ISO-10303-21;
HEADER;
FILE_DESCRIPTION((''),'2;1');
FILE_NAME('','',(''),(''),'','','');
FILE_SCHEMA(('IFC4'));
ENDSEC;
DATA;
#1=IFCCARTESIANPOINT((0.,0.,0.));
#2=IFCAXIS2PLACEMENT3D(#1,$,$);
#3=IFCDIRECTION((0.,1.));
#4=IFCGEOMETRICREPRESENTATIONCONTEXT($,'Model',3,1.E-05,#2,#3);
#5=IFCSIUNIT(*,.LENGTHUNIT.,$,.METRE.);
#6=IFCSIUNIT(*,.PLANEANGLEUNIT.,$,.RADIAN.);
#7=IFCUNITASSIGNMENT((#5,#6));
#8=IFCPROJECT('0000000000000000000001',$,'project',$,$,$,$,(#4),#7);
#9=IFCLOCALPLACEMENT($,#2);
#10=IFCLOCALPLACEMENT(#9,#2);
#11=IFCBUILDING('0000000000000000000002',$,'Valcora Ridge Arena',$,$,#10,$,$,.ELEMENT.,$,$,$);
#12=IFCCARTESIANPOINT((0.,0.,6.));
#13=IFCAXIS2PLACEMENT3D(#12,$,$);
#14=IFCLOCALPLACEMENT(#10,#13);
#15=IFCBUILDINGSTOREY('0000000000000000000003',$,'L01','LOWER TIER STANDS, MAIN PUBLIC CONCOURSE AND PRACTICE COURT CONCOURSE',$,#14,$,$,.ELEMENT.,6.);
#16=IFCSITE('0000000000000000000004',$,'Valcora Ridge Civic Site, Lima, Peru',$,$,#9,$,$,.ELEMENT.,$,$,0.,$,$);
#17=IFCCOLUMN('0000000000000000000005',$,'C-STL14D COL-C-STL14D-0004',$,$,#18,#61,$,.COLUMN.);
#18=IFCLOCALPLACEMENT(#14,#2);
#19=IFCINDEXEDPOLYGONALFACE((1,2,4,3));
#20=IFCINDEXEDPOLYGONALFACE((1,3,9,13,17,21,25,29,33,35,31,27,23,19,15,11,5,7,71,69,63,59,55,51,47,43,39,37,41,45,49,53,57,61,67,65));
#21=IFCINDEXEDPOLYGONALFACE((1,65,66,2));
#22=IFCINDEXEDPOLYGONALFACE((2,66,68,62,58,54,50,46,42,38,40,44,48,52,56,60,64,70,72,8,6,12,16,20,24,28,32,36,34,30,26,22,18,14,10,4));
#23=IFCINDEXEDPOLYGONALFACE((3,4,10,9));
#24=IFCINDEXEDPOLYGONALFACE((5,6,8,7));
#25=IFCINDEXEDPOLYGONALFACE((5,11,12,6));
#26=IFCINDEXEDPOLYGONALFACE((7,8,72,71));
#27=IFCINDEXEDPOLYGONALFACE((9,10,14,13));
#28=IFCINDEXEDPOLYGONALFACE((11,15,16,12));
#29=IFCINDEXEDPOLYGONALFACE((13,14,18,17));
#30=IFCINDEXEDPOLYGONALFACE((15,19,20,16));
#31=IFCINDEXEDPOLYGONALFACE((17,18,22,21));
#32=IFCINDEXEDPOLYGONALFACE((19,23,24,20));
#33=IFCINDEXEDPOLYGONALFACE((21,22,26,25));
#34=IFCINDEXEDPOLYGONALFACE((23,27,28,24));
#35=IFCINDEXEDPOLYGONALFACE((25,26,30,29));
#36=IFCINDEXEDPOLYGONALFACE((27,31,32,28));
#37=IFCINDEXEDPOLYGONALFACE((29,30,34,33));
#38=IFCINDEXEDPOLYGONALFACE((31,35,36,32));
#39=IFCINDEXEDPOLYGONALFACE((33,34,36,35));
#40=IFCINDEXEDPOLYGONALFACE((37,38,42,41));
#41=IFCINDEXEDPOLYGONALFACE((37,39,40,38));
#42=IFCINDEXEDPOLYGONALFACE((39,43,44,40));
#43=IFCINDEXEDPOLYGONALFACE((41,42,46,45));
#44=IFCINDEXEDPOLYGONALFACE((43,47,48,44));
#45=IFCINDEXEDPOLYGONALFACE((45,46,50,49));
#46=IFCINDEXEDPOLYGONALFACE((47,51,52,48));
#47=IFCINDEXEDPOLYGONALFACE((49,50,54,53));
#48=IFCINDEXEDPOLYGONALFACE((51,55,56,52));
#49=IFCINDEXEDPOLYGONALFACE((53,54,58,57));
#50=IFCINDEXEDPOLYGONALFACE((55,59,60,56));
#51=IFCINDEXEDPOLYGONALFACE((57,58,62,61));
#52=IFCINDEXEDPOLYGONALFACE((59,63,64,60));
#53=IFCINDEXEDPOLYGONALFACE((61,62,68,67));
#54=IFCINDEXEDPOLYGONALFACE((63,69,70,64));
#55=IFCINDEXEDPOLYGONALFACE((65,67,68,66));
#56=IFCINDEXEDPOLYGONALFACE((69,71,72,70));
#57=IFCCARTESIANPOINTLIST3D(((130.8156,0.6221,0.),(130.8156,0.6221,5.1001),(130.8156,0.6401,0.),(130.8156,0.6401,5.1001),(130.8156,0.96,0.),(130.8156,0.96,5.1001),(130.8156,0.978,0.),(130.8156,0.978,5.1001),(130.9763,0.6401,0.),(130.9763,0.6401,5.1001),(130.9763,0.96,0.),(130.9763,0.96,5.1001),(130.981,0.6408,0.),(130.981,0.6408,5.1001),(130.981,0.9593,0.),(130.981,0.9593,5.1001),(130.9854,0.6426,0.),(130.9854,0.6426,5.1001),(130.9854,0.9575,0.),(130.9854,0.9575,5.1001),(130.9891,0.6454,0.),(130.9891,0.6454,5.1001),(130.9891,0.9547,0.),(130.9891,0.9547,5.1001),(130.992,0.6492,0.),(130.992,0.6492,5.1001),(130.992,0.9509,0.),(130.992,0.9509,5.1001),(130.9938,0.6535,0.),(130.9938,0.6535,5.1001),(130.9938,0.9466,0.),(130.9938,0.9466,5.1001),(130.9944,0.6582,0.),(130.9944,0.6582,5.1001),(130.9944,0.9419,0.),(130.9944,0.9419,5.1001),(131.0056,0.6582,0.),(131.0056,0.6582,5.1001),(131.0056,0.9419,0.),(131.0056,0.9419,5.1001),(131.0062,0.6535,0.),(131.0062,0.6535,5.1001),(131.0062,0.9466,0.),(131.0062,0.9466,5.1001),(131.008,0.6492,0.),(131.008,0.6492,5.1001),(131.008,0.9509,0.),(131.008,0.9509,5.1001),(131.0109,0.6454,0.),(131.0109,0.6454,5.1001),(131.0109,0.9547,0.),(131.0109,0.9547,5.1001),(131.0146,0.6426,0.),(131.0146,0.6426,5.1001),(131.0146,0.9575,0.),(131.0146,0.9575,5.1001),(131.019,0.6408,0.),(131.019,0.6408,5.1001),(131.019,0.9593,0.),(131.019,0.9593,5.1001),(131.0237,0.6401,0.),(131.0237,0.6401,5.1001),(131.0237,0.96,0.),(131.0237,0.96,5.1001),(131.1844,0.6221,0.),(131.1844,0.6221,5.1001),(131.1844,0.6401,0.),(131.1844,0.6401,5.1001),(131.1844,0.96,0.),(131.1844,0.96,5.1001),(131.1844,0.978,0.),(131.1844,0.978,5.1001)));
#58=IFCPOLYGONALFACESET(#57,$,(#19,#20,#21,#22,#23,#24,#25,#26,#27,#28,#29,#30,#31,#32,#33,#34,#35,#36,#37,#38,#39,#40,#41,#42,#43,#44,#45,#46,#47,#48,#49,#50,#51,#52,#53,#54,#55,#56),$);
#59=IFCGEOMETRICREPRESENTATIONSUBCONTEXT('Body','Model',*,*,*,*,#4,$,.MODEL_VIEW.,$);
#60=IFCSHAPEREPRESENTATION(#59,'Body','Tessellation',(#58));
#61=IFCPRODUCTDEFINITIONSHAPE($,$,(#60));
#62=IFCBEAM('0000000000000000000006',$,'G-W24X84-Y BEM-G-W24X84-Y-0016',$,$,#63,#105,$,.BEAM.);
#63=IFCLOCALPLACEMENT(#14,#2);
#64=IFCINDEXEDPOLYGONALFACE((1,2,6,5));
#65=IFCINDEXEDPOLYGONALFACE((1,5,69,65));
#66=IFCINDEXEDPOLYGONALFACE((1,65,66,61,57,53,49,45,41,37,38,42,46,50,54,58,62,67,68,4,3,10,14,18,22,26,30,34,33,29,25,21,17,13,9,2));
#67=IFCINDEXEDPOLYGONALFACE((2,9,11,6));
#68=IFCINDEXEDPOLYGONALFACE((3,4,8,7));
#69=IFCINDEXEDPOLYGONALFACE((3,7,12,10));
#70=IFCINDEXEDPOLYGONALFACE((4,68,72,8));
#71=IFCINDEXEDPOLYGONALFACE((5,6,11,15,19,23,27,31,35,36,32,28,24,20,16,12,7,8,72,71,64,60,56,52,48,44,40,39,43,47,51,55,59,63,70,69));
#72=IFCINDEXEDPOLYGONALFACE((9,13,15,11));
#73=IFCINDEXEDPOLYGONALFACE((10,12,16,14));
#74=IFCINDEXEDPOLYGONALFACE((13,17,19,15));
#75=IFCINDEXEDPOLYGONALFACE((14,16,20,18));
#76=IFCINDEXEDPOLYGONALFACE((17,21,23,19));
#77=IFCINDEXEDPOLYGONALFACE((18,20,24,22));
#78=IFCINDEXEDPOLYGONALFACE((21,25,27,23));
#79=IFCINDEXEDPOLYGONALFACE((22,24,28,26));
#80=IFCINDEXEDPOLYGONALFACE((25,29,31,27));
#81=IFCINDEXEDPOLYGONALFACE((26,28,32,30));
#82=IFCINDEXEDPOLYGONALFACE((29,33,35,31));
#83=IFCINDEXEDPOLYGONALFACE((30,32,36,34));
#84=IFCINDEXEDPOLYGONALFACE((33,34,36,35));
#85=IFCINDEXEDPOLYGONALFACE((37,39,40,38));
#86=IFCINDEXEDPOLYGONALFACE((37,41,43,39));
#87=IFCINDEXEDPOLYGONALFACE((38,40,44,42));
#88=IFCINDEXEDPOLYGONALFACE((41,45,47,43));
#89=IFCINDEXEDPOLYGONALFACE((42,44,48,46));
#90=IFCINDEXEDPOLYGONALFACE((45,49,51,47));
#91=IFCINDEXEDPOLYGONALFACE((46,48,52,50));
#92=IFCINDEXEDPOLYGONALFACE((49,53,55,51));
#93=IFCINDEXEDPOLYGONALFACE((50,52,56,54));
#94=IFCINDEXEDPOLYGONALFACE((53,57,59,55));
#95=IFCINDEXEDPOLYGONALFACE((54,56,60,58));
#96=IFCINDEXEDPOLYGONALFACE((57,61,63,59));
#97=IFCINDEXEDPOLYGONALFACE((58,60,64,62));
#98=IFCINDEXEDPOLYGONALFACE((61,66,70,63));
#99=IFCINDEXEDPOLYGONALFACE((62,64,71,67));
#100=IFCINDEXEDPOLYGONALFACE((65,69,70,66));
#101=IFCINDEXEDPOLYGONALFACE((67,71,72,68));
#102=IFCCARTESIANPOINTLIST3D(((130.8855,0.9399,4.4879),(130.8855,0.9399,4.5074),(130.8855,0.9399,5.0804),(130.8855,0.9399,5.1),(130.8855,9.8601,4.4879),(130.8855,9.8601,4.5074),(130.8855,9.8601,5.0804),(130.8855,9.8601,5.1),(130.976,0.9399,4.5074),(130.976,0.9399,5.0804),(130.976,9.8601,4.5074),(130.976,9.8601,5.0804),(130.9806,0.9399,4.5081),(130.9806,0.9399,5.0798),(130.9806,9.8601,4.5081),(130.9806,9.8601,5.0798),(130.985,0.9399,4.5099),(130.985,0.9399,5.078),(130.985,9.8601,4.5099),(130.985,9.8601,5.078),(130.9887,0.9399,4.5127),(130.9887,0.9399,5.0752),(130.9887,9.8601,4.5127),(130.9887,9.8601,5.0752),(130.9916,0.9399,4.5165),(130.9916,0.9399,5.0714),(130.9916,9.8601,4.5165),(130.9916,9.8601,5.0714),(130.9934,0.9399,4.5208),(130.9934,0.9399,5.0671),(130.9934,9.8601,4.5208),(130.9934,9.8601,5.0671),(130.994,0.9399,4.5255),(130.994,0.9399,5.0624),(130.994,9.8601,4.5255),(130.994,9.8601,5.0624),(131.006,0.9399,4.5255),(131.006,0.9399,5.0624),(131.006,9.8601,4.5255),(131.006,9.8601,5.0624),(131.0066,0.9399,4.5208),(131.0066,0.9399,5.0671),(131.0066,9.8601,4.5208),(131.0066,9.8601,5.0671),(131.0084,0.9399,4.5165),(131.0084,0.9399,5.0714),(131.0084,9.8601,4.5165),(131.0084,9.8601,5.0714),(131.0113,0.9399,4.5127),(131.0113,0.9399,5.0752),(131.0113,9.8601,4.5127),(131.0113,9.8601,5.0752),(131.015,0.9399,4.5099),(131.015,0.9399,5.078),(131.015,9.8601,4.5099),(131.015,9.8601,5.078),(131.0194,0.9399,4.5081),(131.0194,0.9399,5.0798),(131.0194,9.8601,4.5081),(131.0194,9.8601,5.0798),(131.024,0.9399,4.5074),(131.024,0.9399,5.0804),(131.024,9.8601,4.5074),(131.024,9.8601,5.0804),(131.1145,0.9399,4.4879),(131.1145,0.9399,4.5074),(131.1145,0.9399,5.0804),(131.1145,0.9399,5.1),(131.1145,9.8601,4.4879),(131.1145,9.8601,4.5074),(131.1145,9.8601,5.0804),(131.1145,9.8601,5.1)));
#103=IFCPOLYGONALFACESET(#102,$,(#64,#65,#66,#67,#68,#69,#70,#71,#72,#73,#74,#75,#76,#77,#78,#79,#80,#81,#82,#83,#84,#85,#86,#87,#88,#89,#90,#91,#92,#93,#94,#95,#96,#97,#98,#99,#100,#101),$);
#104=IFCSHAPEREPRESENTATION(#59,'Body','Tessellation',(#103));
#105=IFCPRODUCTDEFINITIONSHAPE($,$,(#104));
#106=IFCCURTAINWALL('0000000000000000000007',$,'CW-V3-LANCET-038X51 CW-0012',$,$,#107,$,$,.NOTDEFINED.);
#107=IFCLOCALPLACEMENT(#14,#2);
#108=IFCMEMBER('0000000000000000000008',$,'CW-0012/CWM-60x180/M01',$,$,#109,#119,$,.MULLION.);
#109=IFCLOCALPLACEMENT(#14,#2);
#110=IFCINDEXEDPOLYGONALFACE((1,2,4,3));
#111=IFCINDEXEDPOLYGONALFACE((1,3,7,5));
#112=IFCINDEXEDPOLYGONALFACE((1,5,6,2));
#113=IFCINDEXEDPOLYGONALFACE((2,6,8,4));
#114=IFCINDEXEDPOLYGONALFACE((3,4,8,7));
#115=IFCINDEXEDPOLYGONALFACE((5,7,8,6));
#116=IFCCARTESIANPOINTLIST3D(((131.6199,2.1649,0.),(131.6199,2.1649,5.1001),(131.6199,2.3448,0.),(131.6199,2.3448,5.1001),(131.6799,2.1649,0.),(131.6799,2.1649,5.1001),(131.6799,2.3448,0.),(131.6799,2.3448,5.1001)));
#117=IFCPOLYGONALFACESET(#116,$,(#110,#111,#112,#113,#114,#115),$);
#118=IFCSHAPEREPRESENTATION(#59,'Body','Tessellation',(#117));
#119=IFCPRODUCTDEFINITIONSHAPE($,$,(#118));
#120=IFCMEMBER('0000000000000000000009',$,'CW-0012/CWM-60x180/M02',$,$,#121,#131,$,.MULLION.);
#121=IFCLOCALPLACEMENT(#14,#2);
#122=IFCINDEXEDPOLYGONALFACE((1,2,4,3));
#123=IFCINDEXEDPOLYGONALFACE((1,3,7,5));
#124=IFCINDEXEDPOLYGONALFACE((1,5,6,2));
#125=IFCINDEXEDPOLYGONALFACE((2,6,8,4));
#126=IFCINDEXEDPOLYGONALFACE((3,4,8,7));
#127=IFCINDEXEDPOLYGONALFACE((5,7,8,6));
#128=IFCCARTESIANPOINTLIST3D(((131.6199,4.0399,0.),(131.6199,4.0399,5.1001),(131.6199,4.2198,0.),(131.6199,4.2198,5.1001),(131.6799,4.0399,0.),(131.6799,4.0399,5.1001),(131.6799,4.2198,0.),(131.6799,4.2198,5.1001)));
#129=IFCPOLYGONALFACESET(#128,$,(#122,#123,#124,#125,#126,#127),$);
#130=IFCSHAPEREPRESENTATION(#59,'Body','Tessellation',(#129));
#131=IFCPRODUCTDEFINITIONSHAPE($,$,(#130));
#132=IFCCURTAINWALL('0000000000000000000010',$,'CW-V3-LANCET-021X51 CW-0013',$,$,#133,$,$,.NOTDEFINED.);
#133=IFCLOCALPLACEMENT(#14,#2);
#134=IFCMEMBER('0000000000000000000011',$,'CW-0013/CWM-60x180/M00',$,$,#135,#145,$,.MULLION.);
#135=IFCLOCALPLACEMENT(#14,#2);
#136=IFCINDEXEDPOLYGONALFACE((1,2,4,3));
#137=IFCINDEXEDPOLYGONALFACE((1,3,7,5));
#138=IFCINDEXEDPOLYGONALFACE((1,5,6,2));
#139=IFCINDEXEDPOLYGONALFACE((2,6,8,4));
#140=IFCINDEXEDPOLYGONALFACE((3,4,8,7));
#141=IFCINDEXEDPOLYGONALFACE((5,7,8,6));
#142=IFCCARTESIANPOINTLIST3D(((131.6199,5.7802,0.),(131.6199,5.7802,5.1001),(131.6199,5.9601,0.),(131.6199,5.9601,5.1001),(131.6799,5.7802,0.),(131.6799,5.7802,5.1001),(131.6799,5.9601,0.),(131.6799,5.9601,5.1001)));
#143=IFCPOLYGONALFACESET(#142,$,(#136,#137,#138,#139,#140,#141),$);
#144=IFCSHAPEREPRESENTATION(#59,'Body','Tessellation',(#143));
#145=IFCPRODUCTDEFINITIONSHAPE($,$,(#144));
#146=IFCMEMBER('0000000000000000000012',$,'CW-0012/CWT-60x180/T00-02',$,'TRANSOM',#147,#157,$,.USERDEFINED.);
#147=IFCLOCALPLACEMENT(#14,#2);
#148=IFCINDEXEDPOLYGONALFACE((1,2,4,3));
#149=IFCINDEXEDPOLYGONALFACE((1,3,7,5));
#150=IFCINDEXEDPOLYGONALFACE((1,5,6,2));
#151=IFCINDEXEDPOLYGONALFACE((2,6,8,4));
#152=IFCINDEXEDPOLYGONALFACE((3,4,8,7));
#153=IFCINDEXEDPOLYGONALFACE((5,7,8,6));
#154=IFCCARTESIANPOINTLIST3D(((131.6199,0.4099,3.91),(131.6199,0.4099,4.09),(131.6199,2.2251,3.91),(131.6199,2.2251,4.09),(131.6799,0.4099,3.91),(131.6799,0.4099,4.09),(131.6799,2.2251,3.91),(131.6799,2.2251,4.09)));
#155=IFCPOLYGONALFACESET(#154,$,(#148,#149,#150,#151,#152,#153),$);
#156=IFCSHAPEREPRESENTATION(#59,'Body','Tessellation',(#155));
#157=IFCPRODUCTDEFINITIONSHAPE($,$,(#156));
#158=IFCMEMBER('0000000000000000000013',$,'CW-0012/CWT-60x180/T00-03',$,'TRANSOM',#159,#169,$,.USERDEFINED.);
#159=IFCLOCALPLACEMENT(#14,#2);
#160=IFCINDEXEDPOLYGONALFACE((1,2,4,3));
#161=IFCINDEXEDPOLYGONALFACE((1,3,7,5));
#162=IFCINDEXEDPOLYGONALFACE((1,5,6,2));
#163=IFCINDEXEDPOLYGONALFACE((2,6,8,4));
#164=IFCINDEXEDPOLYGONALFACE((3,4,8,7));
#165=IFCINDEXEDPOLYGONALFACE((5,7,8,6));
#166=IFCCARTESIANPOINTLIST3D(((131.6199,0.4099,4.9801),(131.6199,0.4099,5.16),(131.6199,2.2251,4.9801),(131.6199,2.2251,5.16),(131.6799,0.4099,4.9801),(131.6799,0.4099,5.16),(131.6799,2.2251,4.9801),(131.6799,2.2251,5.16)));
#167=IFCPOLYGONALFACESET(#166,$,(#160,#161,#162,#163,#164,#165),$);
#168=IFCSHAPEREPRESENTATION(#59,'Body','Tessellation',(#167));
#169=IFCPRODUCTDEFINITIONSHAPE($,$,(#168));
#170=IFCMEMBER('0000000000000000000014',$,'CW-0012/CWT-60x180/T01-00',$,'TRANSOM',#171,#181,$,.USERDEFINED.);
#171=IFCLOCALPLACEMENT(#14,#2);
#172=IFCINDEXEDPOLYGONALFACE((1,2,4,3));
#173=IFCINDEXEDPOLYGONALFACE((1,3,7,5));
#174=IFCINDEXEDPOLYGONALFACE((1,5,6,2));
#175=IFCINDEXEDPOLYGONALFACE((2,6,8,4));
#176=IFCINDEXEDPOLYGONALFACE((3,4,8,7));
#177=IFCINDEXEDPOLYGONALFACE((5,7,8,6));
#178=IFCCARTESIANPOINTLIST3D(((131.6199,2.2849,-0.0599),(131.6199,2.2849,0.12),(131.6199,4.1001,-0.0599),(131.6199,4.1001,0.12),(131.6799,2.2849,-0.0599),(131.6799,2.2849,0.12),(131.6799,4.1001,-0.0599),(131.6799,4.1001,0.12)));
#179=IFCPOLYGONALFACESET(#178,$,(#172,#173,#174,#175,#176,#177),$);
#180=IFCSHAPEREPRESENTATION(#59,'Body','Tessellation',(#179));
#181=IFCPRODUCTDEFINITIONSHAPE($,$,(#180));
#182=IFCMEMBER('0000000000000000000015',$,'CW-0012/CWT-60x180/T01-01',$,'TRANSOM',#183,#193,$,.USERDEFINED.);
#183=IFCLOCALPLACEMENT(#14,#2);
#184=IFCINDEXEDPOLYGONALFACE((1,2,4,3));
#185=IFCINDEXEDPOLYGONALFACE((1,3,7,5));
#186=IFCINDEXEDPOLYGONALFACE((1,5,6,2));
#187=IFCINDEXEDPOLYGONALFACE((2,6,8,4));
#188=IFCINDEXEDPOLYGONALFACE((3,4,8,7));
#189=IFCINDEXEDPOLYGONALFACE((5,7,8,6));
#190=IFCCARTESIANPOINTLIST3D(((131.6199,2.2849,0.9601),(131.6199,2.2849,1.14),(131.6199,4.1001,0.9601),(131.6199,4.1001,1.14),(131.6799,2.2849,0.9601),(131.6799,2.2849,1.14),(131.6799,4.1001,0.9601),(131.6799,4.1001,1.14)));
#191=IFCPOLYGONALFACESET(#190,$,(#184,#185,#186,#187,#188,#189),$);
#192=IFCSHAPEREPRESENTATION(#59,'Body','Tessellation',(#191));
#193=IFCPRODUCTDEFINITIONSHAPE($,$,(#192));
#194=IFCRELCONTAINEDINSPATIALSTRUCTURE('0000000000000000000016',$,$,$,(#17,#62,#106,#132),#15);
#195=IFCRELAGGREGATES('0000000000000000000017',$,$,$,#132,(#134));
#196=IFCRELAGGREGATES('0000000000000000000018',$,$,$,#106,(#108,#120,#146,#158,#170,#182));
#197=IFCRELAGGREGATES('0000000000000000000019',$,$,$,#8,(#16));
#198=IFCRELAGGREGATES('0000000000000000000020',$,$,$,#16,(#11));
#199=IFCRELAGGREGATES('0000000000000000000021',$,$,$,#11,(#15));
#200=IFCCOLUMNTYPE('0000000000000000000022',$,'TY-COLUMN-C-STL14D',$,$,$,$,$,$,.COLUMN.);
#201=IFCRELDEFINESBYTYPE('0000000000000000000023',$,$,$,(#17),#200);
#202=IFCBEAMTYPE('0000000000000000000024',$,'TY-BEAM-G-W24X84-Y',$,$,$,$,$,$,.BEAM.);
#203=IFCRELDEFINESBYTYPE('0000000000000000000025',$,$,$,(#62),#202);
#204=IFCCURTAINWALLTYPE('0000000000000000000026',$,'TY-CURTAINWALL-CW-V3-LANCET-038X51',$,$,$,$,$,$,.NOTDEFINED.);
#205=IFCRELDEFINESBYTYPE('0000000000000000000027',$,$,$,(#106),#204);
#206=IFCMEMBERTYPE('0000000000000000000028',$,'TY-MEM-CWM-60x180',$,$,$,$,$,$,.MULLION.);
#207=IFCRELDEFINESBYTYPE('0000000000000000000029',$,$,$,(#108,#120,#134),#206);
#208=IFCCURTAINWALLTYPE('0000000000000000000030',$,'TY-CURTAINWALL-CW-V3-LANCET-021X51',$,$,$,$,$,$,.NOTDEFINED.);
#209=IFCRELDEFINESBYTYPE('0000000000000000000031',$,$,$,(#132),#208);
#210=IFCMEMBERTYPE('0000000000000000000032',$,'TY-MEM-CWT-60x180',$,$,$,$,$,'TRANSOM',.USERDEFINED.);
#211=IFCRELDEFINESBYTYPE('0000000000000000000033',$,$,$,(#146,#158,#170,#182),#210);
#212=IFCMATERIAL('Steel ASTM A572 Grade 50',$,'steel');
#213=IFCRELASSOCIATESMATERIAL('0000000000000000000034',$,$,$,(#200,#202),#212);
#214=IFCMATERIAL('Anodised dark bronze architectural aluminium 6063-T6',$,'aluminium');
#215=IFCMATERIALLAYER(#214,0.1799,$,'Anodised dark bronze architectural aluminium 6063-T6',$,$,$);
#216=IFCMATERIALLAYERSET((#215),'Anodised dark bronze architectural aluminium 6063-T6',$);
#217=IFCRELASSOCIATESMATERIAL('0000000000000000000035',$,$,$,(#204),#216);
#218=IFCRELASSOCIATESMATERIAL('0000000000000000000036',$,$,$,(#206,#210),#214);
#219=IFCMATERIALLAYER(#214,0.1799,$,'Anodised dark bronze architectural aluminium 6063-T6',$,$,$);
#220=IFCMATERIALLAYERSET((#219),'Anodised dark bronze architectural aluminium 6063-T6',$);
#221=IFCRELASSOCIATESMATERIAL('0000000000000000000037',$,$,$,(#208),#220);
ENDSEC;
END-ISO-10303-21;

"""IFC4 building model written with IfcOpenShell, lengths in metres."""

from ifc_helpers import new_model, si_unit, direction, frame, origin, origin_2d, place, context, subcontext, project, spatial, rectangle, i_section, extrude, material, layer, layer_set, material_profile, profile_set, type_object, element, aggregate, save


model = new_model("IFC4")

# Units and contexts
model_context = context("Model", 3, precision=1e-05, world=origin(), true_north=direction((0.0, 1.0)))
body_context = subcontext(model_context, "Body", "Model", "MODEL_VIEW")
ifc_project = project(units=[si_unit("LENGTHUNIT", "METRE"), si_unit("PLANEANGLEUNIT", "RADIAN")], contexts=[model_context])

# Site, building, storey
site_placement = place(None, origin())
site = spatial("IfcSite", under=ifc_project, at=site_placement, Name="Valcora Ridge Civic Site, Lima, Peru", CompositionType="ELEMENT", RefElevation=0.0)
building_placement = place(site_placement, origin())
building = spatial("IfcBuilding", under=site, at=building_placement, Name="Valcora Ridge Arena", CompositionType="ELEMENT")
storey_placement = place(building_placement, frame((0.0, 0.0, 6.0)))
storey = spatial("IfcBuildingStorey", under=building, at=storey_placement, Name="L01", Description="LOWER TIER STANDS, MAIN PUBLIC CONCOURSE AND PRACTICE COURT CONCOURSE", CompositionType="ELEMENT", Elevation=6.0)

# Column
ifc_material_1 = material(Name="Steel ASTM A572 Grade 50", Category="steel")
ifc_material_profile_1 = material_profile(ifc_material_1, i_section(OverallWidth=0.3689, OverallDepth=0.356, WebThickness=0.0112, FlangeThickness=0.0181, FilletRadius=0.0181, at=origin_2d()), Name="W14X90")
ifc_profile_set_1 = profile_set([ifc_material_profile_1], Name="Steel ASTM A572 Grade 50")
column_type = type_object("IfcColumnType", Name="TY-COLUMN-C-STL14D", PredefinedType="COLUMN", material=ifc_profile_set_1)
column_placement = place(storey_placement, frame((131.0, 0.8, 0.0), z_axis=(0.0, 0.0, 1.0), x_axis=(1.0, 0.0, 0.0)))
element("IfcColumn", 1, at=column_placement, inside=storey, type_object=column_type, Name="C-STL14D COL-C-STL14D-0004", PredefinedType="COLUMN", context=body_context, shape_type="SweptSolid", body=[
    extrude(i_section(OverallWidth=0.3689, OverallDepth=0.356, WebThickness=0.0112, FlangeThickness=0.0181, FilletRadius=0.0181, at=origin_2d()), origin(), (0.0, 0.0, 1.0), 5.1001),
])

# Beam
ifc_material_profile_2 = material_profile(ifc_material_1, i_section(OverallWidth=0.229, OverallDepth=0.6121, WebThickness=0.012, FlangeThickness=0.0195, FilletRadius=0.0181, at=origin_2d()), Name="W24X84")
ifc_profile_set_2 = profile_set([ifc_material_profile_2], Name="Steel ASTM A572 Grade 50")
beam_type = type_object("IfcBeamType", Name="TY-BEAM-G-W24X84-Y", PredefinedType="BEAM", material=ifc_profile_set_2)
beam_placement = place(storey_placement, frame((131.0, 0.9399, 4.7939), z_axis=(0.0, 1.0, 0.0), x_axis=(-1.0, 0.0, 0.0)))
element("IfcBeam", 2, at=beam_placement, inside=storey, type_object=beam_type, Name="G-W24X84-Y BEM-G-W24X84-Y-0016", PredefinedType="BEAM", context=body_context, shape_type="SweptSolid", body=[
    extrude(i_section(OverallWidth=0.229, OverallDepth=0.6121, WebThickness=0.012, FlangeThickness=0.0195, FilletRadius=0.0181, at=origin_2d()), origin(), (0.0, 0.0, 1.0), 8.9202),
])

# Curtain wall, members
ifc_material_2 = material(Name="Anodised dark bronze architectural aluminium 6063-T6", Category="aluminium")
ifc_layer_1 = layer(ifc_material_2, 0.1799, Name="Anodised dark bronze architectural aluminium 6063-T6")
ifc_layer_set_1 = layer_set([ifc_layer_1], Name="Anodised dark bronze architectural aluminium 6063-T6")
curtain_wall_type_1 = type_object("IfcCurtainWallType", Name="TY-CURTAINWALL-CW-V3-LANCET-038X51", PredefinedType="NOTDEFINED", material=ifc_layer_set_1)
curtain_wall_1_placement = place(storey_placement, origin())
curtain_wall_1 = element("IfcCurtainWall", 3, at=curtain_wall_1_placement, inside=storey, type_object=curtain_wall_type_1, Name="CW-V3-LANCET-038X51 CW-0012", PredefinedType="NOTDEFINED")
ifc_material_profile_3 = material_profile(ifc_material_2, rectangle(XDim=0.0601, YDim=0.1799, at=origin_2d()), Name="ALU MULLION 60x180")
ifc_profile_set_3 = profile_set([ifc_material_profile_3], Name="Anodised dark bronze architectural aluminium 6063-T6")
member_type_1 = type_object("IfcMemberType", Name="TY-MEM-CWM-60x180", PredefinedType="MULLION", material=ifc_profile_set_3)
member_1_placement = place(storey_placement, frame((131.6499, 2.2549, 0.0), z_axis=(0.0, 0.0, 1.0), x_axis=(-1.0, 0.0, 0.0)))
member_1 = element("IfcMember", 4, at=member_1_placement, type_object=member_type_1, Name="CW-0012/CWM-60x180/M01", PredefinedType="MULLION", context=body_context, shape_type="SweptSolid", body=[
    extrude(rectangle(XDim=0.0601, YDim=0.1799, at=origin_2d()), origin(), (0.0, 0.0, 1.0), 5.1001),
])
member_2_placement = place(storey_placement, frame((131.6499, 4.1299, 0.0), z_axis=(0.0, 0.0, 1.0), x_axis=(-1.0, 0.0, 0.0)))
member_2 = element("IfcMember", 5, at=member_2_placement, type_object=member_type_1, Name="CW-0012/CWM-60x180/M02", PredefinedType="MULLION", context=body_context, shape_type="SweptSolid", body=[
    extrude(rectangle(XDim=0.0601, YDim=0.1799, at=origin_2d()), origin(), (0.0, 0.0, 1.0), 5.1001),
])

# Curtain wall, member
ifc_layer_2 = layer(ifc_material_2, 0.1799, Name="Anodised dark bronze architectural aluminium 6063-T6")
ifc_layer_set_2 = layer_set([ifc_layer_2], Name="Anodised dark bronze architectural aluminium 6063-T6")
curtain_wall_type_2 = type_object("IfcCurtainWallType", Name="TY-CURTAINWALL-CW-V3-LANCET-021X51", PredefinedType="NOTDEFINED", material=ifc_layer_set_2)
curtain_wall_2_placement = place(storey_placement, origin())
curtain_wall_2 = element("IfcCurtainWall", 6, at=curtain_wall_2_placement, inside=storey, type_object=curtain_wall_type_2, Name="CW-V3-LANCET-021X51 CW-0013", PredefinedType="NOTDEFINED")
member_3_placement = place(storey_placement, frame((131.6499, 5.8701, 0.0), z_axis=(0.0, 0.0, 1.0), x_axis=(-1.0, 0.0, 0.0)))
member_3 = element("IfcMember", 7, at=member_3_placement, type_object=member_type_1, Name="CW-0013/CWM-60x180/M00", PredefinedType="MULLION", context=body_context, shape_type="SweptSolid", body=[
    extrude(rectangle(XDim=0.0601, YDim=0.1799, at=origin_2d()), origin(), (0.0, 0.0, 1.0), 5.1001),
])

# Members
ifc_material_profile_4 = material_profile(ifc_material_2, rectangle(XDim=0.0601, YDim=0.1799, at=origin_2d()), Name="ALU TRANSOM 60x180")
ifc_profile_set_4 = profile_set([ifc_material_profile_4], Name="Anodised dark bronze architectural aluminium 6063-T6")
member_type_2 = type_object("IfcMemberType", Name="TY-MEM-CWT-60x180", ElementType="TRANSOM", PredefinedType="USERDEFINED", material=ifc_profile_set_4)
member_4_placement = place(storey_placement, frame((131.6499, 0.4099, 4.0), z_axis=(0.0, 1.0, 0.0), x_axis=(-1.0, 0.0, 0.0)))
member_4 = element("IfcMember", 8, at=member_4_placement, type_object=member_type_2, Name="CW-0012/CWT-60x180/T00-02", ObjectType="TRANSOM", PredefinedType="USERDEFINED", context=body_context, shape_type="SweptSolid", body=[
    extrude(rectangle(XDim=0.0601, YDim=0.1799, at=origin_2d()), origin(), (0.0, 0.0, 1.0), 1.8152),
])
member_5_placement = place(storey_placement, frame((131.6499, 0.4099, 5.0701), z_axis=(0.0, 1.0, 0.0), x_axis=(-1.0, 0.0, 0.0)))
member_5 = element("IfcMember", 9, at=member_5_placement, type_object=member_type_2, Name="CW-0012/CWT-60x180/T00-03", ObjectType="TRANSOM", PredefinedType="USERDEFINED", context=body_context, shape_type="SweptSolid", body=[
    extrude(rectangle(XDim=0.0601, YDim=0.1799, at=origin_2d()), origin(), (0.0, 0.0, 1.0), 1.8152),
])
member_6_placement = place(storey_placement, frame((131.6499, 2.2849, 0.03), z_axis=(0.0, 1.0, 0.0), x_axis=(-1.0, 0.0, 0.0)))
member_6 = element("IfcMember", 10, at=member_6_placement, type_object=member_type_2, Name="CW-0012/CWT-60x180/T01-00", ObjectType="TRANSOM", PredefinedType="USERDEFINED", context=body_context, shape_type="SweptSolid", body=[
    extrude(rectangle(XDim=0.0601, YDim=0.1799, at=origin_2d()), origin(), (0.0, 0.0, 1.0), 1.8152),
])
member_7_placement = place(storey_placement, frame((131.6499, 2.2849, 1.05), z_axis=(0.0, 1.0, 0.0), x_axis=(-1.0, 0.0, 0.0)))
member_7 = element("IfcMember", 11, at=member_7_placement, type_object=member_type_2, Name="CW-0012/CWT-60x180/T01-01", ObjectType="TRANSOM", PredefinedType="USERDEFINED", context=body_context, shape_type="SweptSolid", body=[
    extrude(rectangle(XDim=0.0601, YDim=0.1799, at=origin_2d()), origin(), (0.0, 0.0, 1.0), 1.8152),
])
aggregate(curtain_wall_2, [member_3])

aggregate(curtain_wall_1, [member_1, member_2, member_4, member_5, member_6, member_7])

save(model, "model.ifc")
